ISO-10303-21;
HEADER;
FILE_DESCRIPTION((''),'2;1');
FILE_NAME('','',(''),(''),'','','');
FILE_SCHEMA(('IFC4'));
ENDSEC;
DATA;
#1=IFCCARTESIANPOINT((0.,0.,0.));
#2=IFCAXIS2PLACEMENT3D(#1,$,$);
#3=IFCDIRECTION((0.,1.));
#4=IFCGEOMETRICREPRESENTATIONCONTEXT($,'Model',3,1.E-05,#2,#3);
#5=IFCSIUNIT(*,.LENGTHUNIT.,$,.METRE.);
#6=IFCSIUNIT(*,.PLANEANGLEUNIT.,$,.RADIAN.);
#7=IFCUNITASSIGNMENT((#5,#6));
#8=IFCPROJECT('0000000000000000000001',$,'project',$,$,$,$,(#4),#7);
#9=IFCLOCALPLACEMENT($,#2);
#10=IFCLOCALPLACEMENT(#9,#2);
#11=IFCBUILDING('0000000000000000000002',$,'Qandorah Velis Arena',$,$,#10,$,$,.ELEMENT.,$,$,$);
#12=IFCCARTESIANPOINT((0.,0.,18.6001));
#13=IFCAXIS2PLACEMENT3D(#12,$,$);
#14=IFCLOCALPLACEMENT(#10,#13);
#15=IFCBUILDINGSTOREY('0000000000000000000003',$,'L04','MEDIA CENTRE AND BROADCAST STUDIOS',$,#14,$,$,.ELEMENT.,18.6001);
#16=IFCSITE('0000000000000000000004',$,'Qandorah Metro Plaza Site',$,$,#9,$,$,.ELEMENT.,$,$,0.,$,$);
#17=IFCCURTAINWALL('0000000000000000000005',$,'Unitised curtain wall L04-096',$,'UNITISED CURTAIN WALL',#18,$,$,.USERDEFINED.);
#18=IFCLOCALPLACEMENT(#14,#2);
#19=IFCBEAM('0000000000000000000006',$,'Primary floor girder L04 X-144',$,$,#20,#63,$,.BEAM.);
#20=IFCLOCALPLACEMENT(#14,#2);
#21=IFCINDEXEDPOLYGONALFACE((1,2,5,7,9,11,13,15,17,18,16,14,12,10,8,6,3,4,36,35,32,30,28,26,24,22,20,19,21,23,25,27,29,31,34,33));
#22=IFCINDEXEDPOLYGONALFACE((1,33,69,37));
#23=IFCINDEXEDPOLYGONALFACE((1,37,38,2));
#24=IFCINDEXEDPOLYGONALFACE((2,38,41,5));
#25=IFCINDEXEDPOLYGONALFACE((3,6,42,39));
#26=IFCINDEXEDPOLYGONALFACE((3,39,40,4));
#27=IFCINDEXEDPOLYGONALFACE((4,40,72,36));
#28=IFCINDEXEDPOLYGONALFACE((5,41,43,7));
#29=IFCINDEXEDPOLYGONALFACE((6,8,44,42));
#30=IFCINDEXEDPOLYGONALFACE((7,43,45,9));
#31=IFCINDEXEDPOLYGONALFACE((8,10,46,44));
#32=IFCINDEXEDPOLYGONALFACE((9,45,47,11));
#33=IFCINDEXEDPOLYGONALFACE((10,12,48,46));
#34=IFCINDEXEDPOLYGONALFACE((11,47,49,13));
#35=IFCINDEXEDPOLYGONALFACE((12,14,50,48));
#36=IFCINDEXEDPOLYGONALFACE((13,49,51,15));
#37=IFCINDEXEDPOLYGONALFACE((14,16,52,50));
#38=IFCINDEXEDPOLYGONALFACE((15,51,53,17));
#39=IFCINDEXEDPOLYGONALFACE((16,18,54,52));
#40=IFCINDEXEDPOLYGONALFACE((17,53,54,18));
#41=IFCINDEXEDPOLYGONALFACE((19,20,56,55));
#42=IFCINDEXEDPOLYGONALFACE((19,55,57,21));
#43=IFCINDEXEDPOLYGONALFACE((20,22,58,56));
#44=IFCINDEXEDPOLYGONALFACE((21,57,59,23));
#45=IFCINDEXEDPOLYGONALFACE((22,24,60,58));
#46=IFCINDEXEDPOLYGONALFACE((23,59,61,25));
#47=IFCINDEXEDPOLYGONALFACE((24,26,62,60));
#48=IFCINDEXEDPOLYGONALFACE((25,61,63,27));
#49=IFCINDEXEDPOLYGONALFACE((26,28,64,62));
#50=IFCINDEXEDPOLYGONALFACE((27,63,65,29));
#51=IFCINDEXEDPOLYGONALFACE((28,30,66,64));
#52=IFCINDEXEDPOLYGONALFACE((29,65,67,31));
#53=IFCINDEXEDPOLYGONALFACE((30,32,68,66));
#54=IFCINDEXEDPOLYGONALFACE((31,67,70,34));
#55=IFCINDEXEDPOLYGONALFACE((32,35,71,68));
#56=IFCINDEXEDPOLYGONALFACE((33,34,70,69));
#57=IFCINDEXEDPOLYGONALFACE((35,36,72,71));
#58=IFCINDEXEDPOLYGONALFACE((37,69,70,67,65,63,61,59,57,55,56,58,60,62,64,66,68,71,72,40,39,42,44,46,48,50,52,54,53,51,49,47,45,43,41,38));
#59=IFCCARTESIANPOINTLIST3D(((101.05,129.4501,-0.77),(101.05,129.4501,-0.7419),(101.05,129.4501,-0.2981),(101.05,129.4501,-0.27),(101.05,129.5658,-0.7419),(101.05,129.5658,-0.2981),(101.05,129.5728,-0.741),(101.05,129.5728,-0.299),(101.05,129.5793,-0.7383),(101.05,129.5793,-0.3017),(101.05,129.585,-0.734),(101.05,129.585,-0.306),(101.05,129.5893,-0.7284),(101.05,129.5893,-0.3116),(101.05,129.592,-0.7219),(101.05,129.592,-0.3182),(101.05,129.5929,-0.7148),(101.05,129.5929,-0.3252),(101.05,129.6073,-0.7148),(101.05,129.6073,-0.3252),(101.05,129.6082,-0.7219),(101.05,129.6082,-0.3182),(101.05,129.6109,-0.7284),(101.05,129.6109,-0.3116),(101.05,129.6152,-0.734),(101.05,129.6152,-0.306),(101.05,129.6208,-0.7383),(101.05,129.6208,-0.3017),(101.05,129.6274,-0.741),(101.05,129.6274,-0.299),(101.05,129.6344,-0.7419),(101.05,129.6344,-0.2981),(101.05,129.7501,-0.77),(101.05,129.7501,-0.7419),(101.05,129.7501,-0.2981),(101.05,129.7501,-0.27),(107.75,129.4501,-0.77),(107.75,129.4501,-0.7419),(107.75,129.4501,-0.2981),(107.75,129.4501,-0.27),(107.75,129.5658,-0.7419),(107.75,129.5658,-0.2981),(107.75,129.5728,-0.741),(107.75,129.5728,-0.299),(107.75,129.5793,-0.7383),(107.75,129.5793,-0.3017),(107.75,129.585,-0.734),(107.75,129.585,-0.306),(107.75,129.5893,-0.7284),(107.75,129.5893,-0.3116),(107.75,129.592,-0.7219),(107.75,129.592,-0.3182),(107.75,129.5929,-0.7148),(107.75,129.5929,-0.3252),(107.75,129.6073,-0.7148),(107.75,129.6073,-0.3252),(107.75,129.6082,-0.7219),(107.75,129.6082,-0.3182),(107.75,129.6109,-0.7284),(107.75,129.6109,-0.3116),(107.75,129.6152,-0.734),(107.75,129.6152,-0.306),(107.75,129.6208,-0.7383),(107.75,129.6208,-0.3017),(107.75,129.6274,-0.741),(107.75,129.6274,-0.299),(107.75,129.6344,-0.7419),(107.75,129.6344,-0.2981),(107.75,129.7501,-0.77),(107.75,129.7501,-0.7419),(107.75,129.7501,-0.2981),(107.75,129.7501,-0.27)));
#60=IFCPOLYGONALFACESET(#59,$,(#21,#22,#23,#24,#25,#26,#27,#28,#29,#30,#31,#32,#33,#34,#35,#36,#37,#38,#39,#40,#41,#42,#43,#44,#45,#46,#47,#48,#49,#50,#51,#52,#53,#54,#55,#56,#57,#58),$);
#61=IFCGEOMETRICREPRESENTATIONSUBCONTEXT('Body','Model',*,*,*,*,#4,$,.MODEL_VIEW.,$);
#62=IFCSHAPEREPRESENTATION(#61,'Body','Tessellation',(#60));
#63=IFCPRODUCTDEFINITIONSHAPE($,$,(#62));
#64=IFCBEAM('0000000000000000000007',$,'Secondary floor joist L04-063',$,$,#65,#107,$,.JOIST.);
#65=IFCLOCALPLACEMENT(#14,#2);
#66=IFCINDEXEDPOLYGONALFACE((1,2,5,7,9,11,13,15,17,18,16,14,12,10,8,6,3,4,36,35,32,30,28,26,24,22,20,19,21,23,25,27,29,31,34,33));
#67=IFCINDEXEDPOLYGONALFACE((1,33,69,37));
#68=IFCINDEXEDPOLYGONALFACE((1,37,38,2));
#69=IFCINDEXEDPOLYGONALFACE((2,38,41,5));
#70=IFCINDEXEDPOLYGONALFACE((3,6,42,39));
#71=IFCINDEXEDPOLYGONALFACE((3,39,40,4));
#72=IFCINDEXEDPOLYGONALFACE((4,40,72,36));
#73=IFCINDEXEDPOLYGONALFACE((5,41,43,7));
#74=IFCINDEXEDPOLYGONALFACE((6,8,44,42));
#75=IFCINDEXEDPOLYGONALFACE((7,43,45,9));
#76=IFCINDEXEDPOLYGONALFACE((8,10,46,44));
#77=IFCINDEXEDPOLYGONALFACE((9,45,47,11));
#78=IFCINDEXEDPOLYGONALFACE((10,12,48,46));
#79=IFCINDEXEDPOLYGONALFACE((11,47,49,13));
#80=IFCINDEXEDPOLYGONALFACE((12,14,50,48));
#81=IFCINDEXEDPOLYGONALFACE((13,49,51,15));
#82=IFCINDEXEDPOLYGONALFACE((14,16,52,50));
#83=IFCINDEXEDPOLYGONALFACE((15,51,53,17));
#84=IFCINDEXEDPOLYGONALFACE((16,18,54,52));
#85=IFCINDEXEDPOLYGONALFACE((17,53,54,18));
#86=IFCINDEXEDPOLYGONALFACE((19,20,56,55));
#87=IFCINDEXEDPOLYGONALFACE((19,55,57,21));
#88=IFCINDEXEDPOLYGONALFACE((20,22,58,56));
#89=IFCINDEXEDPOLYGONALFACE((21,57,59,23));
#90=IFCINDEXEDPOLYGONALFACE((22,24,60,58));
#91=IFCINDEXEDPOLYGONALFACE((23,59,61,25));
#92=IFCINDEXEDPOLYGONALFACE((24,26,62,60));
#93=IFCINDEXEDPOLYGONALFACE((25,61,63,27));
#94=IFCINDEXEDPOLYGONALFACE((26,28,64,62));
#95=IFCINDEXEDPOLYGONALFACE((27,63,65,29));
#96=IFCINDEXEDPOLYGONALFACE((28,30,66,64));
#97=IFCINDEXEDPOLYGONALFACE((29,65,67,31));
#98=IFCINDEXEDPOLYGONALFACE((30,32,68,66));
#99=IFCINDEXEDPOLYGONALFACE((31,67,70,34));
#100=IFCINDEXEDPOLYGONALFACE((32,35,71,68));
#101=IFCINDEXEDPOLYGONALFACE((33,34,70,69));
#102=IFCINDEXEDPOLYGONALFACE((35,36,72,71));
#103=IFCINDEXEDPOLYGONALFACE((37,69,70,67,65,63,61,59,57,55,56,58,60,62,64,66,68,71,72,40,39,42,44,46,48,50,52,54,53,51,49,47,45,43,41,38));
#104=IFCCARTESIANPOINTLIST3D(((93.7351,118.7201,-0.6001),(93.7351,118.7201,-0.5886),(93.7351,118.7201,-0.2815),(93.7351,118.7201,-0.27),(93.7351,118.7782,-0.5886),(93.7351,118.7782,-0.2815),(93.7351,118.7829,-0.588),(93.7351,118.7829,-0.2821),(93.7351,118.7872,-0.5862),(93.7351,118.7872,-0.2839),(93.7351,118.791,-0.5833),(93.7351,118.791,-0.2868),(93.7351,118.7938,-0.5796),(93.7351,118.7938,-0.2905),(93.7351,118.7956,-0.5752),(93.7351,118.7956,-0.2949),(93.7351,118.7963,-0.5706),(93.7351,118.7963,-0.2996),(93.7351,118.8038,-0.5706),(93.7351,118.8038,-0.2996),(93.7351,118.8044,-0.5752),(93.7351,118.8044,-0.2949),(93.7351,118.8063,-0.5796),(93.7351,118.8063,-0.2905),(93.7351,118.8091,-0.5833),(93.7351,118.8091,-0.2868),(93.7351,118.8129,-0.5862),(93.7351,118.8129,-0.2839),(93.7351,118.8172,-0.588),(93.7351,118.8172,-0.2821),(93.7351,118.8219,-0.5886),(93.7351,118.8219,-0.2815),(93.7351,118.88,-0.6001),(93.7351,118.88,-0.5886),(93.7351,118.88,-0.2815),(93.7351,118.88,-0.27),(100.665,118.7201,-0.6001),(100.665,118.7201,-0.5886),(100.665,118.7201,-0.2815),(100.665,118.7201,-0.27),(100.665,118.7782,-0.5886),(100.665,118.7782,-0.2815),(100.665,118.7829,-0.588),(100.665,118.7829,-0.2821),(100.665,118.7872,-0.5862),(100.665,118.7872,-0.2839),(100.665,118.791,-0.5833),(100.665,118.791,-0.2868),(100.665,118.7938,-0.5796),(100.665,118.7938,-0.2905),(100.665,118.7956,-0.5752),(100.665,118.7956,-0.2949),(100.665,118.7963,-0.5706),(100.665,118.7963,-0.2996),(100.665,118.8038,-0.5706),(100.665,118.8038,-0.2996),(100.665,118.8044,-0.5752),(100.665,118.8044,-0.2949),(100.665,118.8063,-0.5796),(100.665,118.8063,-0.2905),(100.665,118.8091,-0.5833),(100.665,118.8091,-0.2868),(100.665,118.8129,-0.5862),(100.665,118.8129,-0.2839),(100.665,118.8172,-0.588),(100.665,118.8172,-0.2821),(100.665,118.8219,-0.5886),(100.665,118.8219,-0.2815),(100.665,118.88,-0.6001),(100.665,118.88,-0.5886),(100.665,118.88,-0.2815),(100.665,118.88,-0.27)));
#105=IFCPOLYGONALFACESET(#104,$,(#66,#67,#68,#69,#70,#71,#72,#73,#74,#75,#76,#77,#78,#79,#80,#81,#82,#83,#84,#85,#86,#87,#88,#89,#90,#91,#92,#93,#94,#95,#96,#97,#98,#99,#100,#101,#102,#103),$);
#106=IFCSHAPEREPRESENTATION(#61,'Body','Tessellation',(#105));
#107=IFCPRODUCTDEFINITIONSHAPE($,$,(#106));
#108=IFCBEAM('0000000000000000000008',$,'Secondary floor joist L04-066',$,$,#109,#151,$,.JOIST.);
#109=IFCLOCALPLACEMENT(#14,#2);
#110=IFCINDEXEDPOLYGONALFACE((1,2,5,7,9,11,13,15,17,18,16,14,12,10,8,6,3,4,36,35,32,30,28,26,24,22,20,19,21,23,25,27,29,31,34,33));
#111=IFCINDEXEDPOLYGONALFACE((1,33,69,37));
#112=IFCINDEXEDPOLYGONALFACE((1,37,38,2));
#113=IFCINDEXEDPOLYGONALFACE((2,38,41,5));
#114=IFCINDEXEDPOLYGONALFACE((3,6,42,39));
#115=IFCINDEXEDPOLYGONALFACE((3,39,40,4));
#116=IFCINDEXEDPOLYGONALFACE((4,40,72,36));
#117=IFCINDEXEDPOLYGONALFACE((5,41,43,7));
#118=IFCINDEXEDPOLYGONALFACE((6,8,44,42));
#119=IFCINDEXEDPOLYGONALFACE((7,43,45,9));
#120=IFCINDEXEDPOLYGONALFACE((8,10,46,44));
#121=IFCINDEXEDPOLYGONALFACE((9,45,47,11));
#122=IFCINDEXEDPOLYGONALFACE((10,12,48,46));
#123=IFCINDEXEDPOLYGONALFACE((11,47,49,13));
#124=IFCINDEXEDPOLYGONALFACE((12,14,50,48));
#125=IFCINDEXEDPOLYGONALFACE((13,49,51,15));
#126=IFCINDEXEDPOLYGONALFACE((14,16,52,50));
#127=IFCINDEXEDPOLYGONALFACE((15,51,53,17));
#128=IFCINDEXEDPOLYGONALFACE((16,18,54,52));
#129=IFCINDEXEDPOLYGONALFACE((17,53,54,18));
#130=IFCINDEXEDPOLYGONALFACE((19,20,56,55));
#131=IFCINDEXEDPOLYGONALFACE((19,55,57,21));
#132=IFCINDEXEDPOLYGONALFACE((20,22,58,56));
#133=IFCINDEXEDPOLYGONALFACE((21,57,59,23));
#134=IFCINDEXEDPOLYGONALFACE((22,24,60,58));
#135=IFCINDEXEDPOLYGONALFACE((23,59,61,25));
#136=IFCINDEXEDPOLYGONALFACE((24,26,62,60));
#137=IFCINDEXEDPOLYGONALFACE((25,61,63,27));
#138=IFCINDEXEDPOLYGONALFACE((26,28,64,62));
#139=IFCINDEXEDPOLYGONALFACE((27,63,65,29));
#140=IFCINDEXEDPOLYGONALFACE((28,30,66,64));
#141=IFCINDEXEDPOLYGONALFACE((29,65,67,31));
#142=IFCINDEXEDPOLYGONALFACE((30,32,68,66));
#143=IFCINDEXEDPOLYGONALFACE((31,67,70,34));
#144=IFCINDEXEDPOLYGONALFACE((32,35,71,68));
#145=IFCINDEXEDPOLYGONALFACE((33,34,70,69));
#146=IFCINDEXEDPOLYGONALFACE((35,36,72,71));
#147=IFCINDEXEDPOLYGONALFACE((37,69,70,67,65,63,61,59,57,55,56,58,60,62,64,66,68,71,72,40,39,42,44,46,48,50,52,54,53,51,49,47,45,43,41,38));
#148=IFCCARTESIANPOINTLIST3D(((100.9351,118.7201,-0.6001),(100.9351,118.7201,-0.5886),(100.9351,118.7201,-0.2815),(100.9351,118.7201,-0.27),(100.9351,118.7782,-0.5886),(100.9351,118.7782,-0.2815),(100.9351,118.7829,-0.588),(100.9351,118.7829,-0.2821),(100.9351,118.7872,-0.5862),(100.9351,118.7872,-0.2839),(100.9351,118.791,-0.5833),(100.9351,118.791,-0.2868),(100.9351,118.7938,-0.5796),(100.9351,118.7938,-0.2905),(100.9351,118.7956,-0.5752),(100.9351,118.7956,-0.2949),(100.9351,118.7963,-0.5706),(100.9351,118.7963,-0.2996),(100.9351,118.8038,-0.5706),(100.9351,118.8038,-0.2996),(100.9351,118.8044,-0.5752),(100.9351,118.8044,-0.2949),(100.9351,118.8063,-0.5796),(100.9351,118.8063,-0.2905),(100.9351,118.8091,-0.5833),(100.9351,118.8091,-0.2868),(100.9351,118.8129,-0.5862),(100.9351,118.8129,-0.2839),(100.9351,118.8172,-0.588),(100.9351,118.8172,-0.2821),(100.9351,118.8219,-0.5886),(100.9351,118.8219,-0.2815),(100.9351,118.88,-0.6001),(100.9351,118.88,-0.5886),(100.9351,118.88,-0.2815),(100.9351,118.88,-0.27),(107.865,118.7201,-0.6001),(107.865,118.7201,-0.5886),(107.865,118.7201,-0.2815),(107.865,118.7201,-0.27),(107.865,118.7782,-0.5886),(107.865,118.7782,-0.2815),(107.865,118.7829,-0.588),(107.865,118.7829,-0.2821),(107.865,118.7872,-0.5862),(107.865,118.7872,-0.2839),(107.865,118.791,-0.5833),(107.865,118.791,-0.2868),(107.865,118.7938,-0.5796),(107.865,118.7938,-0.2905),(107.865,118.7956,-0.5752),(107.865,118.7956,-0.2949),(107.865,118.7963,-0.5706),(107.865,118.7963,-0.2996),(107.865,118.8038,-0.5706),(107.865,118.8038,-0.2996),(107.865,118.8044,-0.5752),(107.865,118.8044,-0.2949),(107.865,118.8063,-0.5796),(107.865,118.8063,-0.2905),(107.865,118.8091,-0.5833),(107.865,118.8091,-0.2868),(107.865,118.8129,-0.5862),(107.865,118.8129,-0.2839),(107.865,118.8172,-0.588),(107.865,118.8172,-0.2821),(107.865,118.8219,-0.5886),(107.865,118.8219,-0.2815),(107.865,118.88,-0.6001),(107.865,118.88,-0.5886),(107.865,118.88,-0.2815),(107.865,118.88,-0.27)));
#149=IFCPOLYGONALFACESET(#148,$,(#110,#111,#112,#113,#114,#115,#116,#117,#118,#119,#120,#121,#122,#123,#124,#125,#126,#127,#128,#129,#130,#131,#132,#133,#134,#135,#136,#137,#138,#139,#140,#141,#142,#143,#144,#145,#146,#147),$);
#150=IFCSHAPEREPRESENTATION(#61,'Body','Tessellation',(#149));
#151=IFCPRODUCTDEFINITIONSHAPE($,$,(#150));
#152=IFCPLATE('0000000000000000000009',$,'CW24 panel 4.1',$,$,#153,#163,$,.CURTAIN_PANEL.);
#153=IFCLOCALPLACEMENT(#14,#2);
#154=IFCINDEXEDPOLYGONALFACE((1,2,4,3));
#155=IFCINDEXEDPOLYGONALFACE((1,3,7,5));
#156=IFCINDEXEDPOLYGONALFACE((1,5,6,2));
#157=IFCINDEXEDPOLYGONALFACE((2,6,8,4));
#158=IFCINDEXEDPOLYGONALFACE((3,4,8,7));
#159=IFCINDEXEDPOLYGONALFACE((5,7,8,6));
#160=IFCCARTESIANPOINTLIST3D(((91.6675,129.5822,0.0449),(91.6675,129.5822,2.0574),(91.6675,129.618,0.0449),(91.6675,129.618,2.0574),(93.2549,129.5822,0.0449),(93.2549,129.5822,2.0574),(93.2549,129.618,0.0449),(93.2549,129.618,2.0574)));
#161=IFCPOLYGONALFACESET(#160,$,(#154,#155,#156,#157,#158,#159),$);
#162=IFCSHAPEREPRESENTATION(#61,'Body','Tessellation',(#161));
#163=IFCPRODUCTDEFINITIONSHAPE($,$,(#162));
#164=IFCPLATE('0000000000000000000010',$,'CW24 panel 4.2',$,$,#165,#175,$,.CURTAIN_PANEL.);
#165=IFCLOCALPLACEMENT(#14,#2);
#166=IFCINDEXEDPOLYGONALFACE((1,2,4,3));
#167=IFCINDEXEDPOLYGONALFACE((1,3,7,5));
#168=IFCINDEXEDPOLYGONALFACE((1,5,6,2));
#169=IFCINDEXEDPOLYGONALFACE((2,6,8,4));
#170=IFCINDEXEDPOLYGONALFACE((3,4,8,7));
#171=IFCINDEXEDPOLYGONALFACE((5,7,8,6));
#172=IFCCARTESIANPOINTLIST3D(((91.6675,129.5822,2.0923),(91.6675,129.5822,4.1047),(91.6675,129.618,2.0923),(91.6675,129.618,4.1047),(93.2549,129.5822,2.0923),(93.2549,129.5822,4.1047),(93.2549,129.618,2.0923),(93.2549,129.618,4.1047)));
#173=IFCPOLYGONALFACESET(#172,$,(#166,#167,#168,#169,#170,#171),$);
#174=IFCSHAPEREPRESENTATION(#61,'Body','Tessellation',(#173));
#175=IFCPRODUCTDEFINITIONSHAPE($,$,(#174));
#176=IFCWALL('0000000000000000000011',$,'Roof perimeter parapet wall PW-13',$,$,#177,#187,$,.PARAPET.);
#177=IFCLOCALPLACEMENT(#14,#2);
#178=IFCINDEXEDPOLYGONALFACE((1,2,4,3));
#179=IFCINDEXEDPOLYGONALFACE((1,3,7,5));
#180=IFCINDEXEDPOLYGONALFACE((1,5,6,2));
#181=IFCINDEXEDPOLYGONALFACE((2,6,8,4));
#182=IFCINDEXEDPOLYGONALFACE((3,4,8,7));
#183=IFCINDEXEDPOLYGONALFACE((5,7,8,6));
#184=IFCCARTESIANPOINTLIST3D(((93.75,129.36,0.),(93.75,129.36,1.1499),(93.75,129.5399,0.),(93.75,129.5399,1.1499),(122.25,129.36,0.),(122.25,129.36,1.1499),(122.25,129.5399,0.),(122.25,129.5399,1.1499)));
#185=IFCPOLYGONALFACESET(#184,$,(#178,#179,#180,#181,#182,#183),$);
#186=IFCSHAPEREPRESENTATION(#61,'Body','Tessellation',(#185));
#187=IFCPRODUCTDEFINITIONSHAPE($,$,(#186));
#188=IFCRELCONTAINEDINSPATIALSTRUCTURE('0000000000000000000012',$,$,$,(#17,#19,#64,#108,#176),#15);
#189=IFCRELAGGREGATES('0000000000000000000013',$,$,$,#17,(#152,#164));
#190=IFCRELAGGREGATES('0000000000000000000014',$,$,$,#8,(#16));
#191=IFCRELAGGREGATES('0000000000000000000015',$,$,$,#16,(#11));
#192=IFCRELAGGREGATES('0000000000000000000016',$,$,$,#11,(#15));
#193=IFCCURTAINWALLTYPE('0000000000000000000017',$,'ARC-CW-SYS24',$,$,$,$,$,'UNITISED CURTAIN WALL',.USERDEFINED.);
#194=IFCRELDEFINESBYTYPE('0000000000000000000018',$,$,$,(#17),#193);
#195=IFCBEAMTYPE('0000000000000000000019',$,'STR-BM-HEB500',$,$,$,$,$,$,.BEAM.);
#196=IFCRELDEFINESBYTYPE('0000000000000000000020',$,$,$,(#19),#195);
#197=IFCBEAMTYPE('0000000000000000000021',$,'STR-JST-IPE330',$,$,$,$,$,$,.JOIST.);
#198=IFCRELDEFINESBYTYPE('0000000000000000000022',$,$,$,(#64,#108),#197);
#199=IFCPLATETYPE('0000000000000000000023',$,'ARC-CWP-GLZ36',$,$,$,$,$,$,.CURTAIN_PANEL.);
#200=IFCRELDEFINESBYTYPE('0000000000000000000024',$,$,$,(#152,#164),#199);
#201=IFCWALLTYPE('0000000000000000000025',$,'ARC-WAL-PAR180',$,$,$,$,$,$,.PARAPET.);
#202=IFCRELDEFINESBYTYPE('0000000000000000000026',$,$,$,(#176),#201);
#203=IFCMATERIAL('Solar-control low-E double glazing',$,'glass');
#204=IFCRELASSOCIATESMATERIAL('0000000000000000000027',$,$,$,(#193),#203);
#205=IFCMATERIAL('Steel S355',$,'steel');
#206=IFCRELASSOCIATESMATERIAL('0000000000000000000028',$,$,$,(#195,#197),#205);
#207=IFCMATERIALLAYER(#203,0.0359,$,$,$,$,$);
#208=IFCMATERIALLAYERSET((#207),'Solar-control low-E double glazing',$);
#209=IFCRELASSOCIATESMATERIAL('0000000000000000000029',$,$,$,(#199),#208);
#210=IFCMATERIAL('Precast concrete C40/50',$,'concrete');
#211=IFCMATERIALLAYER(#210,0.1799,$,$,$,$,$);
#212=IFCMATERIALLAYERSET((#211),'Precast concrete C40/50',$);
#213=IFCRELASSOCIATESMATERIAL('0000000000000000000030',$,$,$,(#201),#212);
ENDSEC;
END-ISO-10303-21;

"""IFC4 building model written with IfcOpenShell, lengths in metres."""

from ifc_helpers import new_model, si_unit, direction, frame, frame_2d, origin, origin_2d, place, context, subcontext, project, spatial, rectangle, i_section, extrude, material, layer, layer_set, material_profile, profile_set, type_object, element, aggregate, save


model = new_model("IFC4")

# Units and contexts
model_context = context("Model", 3, precision=1e-05, world=origin(), true_north=direction((0.0, 1.0)))
body_context = subcontext(model_context, "Body", "Model", "MODEL_VIEW")
ifc_project = project(units=[si_unit("LENGTHUNIT", "METRE"), si_unit("PLANEANGLEUNIT", "RADIAN")], contexts=[model_context])

# Site, building, storey
site_placement = place(None, origin())
site = spatial("IfcSite", under=ifc_project, at=site_placement, Name="Qandorah Metro Plaza Site", CompositionType="ELEMENT", RefElevation=0.0)
building_placement = place(site_placement, origin())
building = spatial("IfcBuilding", under=site, at=building_placement, Name="Qandorah Velis Arena", CompositionType="ELEMENT")
storey_placement = place(building_placement, frame((0.0, 0.0, 18.6001)))
storey = spatial("IfcBuildingStorey", under=building, at=storey_placement, Name="L04", Description="MEDIA CENTRE AND BROADCAST STUDIOS", CompositionType="ELEMENT", Elevation=18.6001)

# Shared definitions
ifc_material_1 = material(Name="Steel S355", Category="steel")

# Curtain wall
ifc_material_2 = material(Name="Solar-control low-E double glazing", Category="glass")
curtain_wall_type = type_object("IfcCurtainWallType", Name="ARC-CW-SYS24", ElementType="UNITISED CURTAIN WALL", PredefinedType="USERDEFINED", material=ifc_material_2)
curtain_wall_placement = place(storey_placement, origin())
curtain_wall = element("IfcCurtainWall", 1, at=curtain_wall_placement, inside=storey, type_object=curtain_wall_type, Name="Unitised curtain wall L04-096", ObjectType="UNITISED CURTAIN WALL", PredefinedType="USERDEFINED")

# Beams
ifc_material_profile_1 = material_profile(ifc_material_1, i_section(OverallWidth=0.3, OverallDepth=0.5, WebThickness=0.0144, FlangeThickness=0.0281, FilletRadius=0.0271, at=origin_2d()), Name="HEB 500")
ifc_profile_set_1 = profile_set([ifc_material_profile_1], Name="Steel S355")
beam_type_1 = type_object("IfcBeamType", Name="STR-BM-HEB500", PredefinedType="BEAM", material=ifc_profile_set_1)
for number, where, z_axis, x_axis, name in (
    (2, (101.05, 129.6001, -0.52), (1.0, 0.0, 0.0), (0.0, 1.0, 0.0), "Primary floor girder L04 X-144"),
):
    element("IfcBeam", number, at=place(storey_placement, frame(where, z_axis=z_axis, x_axis=x_axis)), inside=storey, type_object=beam_type_1, Name=name, PredefinedType="BEAM", context=body_context, shape_type="SweptSolid", body=[
        extrude(i_section(OverallWidth=0.3, OverallDepth=0.5, WebThickness=0.0144, FlangeThickness=0.0281, FilletRadius=0.0271, at=origin_2d()), origin(), (0.0, 0.0, 1.0), 6.7),
    ])
ifc_material_profile_2 = material_profile(ifc_material_1, i_section(OverallWidth=0.1599, OverallDepth=0.3301, WebThickness=0.0076, FlangeThickness=0.0115, FilletRadius=0.0181, at=origin_2d()), Name="IPE 330")
ifc_profile_set_2 = profile_set([ifc_material_profile_2], Name="Steel S355")
beam_type_2 = type_object("IfcBeamType", Name="STR-JST-IPE330", PredefinedType="JOIST", material=ifc_profile_set_2)
for number, where, z_axis, x_axis, name in (
    (3, (93.7351, 118.8, -0.4351), (1.0, 0.0, 0.0), (0.0, 1.0, 0.0), "Secondary floor joist L04-063"),
    (4, (100.9351, 118.8, -0.4351), (1.0, 0.0, 0.0), (0.0, 1.0, 0.0), "Secondary floor joist L04-066"),
):
    element("IfcBeam", number, at=place(storey_placement, frame(where, z_axis=z_axis, x_axis=x_axis)), inside=storey, type_object=beam_type_2, Name=name, PredefinedType="JOIST", context=body_context, shape_type="SweptSolid", body=[
        extrude(i_section(OverallWidth=0.1599, OverallDepth=0.3301, WebThickness=0.0076, FlangeThickness=0.0115, FilletRadius=0.0181, at=origin_2d()), origin(), (0.0, 0.0, 1.0), 6.9299),
    ])

# Plates
ifc_layer_1 = layer(ifc_material_2, 0.0359)
ifc_layer_set_1 = layer_set([ifc_layer_1], Name="Solar-control low-E double glazing")
plate_type = type_object("IfcPlateType", Name="ARC-CWP-GLZ36", PredefinedType="CURTAIN_PANEL", material=ifc_layer_set_1)
plate_1_placement = place(storey_placement, frame((92.4612, 129.6001, 0.0449), z_axis=(0.0, 0.0, 1.0), x_axis=(1.0, 0.0, 0.0)))
plate_1 = element("IfcPlate", 5, at=plate_1_placement, type_object=plate_type, Name="CW24 panel 4.1", PredefinedType="CURTAIN_PANEL", context=body_context, shape_type="SweptSolid", body=[
    extrude(rectangle(XDim=1.5874, YDim=0.0359, at=origin_2d()), origin(), (0.0, 0.0, 1.0), 2.0125),
])
plate_2_placement = place(storey_placement, frame((92.4612, 129.6001, 2.0923), z_axis=(0.0, 0.0, 1.0), x_axis=(1.0, 0.0, 0.0)))
plate_2 = element("IfcPlate", 6, at=plate_2_placement, type_object=plate_type, Name="CW24 panel 4.2", PredefinedType="CURTAIN_PANEL", context=body_context, shape_type="SweptSolid", body=[
    extrude(rectangle(XDim=1.5874, YDim=0.0359, at=origin_2d()), origin(), (0.0, 0.0, 1.0), 2.0125),
])
aggregate(curtain_wall, [plate_1, plate_2])

# Wall
ifc_material_3 = material(Name="Precast concrete C40/50", Category="concrete")
ifc_layer_2 = layer(ifc_material_3, 0.1799)
ifc_layer_set_2 = layer_set([ifc_layer_2], Name="Precast concrete C40/50")
wall_type = type_object("IfcWallType", Name="ARC-WAL-PAR180", PredefinedType="PARAPET", material=ifc_layer_set_2)
wall_placement = place(storey_placement, frame((93.75, 129.45, 0.0), z_axis=(0.0, 0.0, 1.0), x_axis=(1.0, 0.0, 0.0)))
element("IfcWall", 7, at=wall_placement, inside=storey, type_object=wall_type, Name="Roof perimeter parapet wall PW-13", PredefinedType="PARAPET", context=body_context, shape_type="SweptSolid", body=[
    extrude(rectangle(XDim=28.5, YDim=0.1799, at=frame_2d((14.25, 0.0))), origin(), (0.0, 0.0, 1.0), 1.1499),
])

save(model, "model.ifc")
